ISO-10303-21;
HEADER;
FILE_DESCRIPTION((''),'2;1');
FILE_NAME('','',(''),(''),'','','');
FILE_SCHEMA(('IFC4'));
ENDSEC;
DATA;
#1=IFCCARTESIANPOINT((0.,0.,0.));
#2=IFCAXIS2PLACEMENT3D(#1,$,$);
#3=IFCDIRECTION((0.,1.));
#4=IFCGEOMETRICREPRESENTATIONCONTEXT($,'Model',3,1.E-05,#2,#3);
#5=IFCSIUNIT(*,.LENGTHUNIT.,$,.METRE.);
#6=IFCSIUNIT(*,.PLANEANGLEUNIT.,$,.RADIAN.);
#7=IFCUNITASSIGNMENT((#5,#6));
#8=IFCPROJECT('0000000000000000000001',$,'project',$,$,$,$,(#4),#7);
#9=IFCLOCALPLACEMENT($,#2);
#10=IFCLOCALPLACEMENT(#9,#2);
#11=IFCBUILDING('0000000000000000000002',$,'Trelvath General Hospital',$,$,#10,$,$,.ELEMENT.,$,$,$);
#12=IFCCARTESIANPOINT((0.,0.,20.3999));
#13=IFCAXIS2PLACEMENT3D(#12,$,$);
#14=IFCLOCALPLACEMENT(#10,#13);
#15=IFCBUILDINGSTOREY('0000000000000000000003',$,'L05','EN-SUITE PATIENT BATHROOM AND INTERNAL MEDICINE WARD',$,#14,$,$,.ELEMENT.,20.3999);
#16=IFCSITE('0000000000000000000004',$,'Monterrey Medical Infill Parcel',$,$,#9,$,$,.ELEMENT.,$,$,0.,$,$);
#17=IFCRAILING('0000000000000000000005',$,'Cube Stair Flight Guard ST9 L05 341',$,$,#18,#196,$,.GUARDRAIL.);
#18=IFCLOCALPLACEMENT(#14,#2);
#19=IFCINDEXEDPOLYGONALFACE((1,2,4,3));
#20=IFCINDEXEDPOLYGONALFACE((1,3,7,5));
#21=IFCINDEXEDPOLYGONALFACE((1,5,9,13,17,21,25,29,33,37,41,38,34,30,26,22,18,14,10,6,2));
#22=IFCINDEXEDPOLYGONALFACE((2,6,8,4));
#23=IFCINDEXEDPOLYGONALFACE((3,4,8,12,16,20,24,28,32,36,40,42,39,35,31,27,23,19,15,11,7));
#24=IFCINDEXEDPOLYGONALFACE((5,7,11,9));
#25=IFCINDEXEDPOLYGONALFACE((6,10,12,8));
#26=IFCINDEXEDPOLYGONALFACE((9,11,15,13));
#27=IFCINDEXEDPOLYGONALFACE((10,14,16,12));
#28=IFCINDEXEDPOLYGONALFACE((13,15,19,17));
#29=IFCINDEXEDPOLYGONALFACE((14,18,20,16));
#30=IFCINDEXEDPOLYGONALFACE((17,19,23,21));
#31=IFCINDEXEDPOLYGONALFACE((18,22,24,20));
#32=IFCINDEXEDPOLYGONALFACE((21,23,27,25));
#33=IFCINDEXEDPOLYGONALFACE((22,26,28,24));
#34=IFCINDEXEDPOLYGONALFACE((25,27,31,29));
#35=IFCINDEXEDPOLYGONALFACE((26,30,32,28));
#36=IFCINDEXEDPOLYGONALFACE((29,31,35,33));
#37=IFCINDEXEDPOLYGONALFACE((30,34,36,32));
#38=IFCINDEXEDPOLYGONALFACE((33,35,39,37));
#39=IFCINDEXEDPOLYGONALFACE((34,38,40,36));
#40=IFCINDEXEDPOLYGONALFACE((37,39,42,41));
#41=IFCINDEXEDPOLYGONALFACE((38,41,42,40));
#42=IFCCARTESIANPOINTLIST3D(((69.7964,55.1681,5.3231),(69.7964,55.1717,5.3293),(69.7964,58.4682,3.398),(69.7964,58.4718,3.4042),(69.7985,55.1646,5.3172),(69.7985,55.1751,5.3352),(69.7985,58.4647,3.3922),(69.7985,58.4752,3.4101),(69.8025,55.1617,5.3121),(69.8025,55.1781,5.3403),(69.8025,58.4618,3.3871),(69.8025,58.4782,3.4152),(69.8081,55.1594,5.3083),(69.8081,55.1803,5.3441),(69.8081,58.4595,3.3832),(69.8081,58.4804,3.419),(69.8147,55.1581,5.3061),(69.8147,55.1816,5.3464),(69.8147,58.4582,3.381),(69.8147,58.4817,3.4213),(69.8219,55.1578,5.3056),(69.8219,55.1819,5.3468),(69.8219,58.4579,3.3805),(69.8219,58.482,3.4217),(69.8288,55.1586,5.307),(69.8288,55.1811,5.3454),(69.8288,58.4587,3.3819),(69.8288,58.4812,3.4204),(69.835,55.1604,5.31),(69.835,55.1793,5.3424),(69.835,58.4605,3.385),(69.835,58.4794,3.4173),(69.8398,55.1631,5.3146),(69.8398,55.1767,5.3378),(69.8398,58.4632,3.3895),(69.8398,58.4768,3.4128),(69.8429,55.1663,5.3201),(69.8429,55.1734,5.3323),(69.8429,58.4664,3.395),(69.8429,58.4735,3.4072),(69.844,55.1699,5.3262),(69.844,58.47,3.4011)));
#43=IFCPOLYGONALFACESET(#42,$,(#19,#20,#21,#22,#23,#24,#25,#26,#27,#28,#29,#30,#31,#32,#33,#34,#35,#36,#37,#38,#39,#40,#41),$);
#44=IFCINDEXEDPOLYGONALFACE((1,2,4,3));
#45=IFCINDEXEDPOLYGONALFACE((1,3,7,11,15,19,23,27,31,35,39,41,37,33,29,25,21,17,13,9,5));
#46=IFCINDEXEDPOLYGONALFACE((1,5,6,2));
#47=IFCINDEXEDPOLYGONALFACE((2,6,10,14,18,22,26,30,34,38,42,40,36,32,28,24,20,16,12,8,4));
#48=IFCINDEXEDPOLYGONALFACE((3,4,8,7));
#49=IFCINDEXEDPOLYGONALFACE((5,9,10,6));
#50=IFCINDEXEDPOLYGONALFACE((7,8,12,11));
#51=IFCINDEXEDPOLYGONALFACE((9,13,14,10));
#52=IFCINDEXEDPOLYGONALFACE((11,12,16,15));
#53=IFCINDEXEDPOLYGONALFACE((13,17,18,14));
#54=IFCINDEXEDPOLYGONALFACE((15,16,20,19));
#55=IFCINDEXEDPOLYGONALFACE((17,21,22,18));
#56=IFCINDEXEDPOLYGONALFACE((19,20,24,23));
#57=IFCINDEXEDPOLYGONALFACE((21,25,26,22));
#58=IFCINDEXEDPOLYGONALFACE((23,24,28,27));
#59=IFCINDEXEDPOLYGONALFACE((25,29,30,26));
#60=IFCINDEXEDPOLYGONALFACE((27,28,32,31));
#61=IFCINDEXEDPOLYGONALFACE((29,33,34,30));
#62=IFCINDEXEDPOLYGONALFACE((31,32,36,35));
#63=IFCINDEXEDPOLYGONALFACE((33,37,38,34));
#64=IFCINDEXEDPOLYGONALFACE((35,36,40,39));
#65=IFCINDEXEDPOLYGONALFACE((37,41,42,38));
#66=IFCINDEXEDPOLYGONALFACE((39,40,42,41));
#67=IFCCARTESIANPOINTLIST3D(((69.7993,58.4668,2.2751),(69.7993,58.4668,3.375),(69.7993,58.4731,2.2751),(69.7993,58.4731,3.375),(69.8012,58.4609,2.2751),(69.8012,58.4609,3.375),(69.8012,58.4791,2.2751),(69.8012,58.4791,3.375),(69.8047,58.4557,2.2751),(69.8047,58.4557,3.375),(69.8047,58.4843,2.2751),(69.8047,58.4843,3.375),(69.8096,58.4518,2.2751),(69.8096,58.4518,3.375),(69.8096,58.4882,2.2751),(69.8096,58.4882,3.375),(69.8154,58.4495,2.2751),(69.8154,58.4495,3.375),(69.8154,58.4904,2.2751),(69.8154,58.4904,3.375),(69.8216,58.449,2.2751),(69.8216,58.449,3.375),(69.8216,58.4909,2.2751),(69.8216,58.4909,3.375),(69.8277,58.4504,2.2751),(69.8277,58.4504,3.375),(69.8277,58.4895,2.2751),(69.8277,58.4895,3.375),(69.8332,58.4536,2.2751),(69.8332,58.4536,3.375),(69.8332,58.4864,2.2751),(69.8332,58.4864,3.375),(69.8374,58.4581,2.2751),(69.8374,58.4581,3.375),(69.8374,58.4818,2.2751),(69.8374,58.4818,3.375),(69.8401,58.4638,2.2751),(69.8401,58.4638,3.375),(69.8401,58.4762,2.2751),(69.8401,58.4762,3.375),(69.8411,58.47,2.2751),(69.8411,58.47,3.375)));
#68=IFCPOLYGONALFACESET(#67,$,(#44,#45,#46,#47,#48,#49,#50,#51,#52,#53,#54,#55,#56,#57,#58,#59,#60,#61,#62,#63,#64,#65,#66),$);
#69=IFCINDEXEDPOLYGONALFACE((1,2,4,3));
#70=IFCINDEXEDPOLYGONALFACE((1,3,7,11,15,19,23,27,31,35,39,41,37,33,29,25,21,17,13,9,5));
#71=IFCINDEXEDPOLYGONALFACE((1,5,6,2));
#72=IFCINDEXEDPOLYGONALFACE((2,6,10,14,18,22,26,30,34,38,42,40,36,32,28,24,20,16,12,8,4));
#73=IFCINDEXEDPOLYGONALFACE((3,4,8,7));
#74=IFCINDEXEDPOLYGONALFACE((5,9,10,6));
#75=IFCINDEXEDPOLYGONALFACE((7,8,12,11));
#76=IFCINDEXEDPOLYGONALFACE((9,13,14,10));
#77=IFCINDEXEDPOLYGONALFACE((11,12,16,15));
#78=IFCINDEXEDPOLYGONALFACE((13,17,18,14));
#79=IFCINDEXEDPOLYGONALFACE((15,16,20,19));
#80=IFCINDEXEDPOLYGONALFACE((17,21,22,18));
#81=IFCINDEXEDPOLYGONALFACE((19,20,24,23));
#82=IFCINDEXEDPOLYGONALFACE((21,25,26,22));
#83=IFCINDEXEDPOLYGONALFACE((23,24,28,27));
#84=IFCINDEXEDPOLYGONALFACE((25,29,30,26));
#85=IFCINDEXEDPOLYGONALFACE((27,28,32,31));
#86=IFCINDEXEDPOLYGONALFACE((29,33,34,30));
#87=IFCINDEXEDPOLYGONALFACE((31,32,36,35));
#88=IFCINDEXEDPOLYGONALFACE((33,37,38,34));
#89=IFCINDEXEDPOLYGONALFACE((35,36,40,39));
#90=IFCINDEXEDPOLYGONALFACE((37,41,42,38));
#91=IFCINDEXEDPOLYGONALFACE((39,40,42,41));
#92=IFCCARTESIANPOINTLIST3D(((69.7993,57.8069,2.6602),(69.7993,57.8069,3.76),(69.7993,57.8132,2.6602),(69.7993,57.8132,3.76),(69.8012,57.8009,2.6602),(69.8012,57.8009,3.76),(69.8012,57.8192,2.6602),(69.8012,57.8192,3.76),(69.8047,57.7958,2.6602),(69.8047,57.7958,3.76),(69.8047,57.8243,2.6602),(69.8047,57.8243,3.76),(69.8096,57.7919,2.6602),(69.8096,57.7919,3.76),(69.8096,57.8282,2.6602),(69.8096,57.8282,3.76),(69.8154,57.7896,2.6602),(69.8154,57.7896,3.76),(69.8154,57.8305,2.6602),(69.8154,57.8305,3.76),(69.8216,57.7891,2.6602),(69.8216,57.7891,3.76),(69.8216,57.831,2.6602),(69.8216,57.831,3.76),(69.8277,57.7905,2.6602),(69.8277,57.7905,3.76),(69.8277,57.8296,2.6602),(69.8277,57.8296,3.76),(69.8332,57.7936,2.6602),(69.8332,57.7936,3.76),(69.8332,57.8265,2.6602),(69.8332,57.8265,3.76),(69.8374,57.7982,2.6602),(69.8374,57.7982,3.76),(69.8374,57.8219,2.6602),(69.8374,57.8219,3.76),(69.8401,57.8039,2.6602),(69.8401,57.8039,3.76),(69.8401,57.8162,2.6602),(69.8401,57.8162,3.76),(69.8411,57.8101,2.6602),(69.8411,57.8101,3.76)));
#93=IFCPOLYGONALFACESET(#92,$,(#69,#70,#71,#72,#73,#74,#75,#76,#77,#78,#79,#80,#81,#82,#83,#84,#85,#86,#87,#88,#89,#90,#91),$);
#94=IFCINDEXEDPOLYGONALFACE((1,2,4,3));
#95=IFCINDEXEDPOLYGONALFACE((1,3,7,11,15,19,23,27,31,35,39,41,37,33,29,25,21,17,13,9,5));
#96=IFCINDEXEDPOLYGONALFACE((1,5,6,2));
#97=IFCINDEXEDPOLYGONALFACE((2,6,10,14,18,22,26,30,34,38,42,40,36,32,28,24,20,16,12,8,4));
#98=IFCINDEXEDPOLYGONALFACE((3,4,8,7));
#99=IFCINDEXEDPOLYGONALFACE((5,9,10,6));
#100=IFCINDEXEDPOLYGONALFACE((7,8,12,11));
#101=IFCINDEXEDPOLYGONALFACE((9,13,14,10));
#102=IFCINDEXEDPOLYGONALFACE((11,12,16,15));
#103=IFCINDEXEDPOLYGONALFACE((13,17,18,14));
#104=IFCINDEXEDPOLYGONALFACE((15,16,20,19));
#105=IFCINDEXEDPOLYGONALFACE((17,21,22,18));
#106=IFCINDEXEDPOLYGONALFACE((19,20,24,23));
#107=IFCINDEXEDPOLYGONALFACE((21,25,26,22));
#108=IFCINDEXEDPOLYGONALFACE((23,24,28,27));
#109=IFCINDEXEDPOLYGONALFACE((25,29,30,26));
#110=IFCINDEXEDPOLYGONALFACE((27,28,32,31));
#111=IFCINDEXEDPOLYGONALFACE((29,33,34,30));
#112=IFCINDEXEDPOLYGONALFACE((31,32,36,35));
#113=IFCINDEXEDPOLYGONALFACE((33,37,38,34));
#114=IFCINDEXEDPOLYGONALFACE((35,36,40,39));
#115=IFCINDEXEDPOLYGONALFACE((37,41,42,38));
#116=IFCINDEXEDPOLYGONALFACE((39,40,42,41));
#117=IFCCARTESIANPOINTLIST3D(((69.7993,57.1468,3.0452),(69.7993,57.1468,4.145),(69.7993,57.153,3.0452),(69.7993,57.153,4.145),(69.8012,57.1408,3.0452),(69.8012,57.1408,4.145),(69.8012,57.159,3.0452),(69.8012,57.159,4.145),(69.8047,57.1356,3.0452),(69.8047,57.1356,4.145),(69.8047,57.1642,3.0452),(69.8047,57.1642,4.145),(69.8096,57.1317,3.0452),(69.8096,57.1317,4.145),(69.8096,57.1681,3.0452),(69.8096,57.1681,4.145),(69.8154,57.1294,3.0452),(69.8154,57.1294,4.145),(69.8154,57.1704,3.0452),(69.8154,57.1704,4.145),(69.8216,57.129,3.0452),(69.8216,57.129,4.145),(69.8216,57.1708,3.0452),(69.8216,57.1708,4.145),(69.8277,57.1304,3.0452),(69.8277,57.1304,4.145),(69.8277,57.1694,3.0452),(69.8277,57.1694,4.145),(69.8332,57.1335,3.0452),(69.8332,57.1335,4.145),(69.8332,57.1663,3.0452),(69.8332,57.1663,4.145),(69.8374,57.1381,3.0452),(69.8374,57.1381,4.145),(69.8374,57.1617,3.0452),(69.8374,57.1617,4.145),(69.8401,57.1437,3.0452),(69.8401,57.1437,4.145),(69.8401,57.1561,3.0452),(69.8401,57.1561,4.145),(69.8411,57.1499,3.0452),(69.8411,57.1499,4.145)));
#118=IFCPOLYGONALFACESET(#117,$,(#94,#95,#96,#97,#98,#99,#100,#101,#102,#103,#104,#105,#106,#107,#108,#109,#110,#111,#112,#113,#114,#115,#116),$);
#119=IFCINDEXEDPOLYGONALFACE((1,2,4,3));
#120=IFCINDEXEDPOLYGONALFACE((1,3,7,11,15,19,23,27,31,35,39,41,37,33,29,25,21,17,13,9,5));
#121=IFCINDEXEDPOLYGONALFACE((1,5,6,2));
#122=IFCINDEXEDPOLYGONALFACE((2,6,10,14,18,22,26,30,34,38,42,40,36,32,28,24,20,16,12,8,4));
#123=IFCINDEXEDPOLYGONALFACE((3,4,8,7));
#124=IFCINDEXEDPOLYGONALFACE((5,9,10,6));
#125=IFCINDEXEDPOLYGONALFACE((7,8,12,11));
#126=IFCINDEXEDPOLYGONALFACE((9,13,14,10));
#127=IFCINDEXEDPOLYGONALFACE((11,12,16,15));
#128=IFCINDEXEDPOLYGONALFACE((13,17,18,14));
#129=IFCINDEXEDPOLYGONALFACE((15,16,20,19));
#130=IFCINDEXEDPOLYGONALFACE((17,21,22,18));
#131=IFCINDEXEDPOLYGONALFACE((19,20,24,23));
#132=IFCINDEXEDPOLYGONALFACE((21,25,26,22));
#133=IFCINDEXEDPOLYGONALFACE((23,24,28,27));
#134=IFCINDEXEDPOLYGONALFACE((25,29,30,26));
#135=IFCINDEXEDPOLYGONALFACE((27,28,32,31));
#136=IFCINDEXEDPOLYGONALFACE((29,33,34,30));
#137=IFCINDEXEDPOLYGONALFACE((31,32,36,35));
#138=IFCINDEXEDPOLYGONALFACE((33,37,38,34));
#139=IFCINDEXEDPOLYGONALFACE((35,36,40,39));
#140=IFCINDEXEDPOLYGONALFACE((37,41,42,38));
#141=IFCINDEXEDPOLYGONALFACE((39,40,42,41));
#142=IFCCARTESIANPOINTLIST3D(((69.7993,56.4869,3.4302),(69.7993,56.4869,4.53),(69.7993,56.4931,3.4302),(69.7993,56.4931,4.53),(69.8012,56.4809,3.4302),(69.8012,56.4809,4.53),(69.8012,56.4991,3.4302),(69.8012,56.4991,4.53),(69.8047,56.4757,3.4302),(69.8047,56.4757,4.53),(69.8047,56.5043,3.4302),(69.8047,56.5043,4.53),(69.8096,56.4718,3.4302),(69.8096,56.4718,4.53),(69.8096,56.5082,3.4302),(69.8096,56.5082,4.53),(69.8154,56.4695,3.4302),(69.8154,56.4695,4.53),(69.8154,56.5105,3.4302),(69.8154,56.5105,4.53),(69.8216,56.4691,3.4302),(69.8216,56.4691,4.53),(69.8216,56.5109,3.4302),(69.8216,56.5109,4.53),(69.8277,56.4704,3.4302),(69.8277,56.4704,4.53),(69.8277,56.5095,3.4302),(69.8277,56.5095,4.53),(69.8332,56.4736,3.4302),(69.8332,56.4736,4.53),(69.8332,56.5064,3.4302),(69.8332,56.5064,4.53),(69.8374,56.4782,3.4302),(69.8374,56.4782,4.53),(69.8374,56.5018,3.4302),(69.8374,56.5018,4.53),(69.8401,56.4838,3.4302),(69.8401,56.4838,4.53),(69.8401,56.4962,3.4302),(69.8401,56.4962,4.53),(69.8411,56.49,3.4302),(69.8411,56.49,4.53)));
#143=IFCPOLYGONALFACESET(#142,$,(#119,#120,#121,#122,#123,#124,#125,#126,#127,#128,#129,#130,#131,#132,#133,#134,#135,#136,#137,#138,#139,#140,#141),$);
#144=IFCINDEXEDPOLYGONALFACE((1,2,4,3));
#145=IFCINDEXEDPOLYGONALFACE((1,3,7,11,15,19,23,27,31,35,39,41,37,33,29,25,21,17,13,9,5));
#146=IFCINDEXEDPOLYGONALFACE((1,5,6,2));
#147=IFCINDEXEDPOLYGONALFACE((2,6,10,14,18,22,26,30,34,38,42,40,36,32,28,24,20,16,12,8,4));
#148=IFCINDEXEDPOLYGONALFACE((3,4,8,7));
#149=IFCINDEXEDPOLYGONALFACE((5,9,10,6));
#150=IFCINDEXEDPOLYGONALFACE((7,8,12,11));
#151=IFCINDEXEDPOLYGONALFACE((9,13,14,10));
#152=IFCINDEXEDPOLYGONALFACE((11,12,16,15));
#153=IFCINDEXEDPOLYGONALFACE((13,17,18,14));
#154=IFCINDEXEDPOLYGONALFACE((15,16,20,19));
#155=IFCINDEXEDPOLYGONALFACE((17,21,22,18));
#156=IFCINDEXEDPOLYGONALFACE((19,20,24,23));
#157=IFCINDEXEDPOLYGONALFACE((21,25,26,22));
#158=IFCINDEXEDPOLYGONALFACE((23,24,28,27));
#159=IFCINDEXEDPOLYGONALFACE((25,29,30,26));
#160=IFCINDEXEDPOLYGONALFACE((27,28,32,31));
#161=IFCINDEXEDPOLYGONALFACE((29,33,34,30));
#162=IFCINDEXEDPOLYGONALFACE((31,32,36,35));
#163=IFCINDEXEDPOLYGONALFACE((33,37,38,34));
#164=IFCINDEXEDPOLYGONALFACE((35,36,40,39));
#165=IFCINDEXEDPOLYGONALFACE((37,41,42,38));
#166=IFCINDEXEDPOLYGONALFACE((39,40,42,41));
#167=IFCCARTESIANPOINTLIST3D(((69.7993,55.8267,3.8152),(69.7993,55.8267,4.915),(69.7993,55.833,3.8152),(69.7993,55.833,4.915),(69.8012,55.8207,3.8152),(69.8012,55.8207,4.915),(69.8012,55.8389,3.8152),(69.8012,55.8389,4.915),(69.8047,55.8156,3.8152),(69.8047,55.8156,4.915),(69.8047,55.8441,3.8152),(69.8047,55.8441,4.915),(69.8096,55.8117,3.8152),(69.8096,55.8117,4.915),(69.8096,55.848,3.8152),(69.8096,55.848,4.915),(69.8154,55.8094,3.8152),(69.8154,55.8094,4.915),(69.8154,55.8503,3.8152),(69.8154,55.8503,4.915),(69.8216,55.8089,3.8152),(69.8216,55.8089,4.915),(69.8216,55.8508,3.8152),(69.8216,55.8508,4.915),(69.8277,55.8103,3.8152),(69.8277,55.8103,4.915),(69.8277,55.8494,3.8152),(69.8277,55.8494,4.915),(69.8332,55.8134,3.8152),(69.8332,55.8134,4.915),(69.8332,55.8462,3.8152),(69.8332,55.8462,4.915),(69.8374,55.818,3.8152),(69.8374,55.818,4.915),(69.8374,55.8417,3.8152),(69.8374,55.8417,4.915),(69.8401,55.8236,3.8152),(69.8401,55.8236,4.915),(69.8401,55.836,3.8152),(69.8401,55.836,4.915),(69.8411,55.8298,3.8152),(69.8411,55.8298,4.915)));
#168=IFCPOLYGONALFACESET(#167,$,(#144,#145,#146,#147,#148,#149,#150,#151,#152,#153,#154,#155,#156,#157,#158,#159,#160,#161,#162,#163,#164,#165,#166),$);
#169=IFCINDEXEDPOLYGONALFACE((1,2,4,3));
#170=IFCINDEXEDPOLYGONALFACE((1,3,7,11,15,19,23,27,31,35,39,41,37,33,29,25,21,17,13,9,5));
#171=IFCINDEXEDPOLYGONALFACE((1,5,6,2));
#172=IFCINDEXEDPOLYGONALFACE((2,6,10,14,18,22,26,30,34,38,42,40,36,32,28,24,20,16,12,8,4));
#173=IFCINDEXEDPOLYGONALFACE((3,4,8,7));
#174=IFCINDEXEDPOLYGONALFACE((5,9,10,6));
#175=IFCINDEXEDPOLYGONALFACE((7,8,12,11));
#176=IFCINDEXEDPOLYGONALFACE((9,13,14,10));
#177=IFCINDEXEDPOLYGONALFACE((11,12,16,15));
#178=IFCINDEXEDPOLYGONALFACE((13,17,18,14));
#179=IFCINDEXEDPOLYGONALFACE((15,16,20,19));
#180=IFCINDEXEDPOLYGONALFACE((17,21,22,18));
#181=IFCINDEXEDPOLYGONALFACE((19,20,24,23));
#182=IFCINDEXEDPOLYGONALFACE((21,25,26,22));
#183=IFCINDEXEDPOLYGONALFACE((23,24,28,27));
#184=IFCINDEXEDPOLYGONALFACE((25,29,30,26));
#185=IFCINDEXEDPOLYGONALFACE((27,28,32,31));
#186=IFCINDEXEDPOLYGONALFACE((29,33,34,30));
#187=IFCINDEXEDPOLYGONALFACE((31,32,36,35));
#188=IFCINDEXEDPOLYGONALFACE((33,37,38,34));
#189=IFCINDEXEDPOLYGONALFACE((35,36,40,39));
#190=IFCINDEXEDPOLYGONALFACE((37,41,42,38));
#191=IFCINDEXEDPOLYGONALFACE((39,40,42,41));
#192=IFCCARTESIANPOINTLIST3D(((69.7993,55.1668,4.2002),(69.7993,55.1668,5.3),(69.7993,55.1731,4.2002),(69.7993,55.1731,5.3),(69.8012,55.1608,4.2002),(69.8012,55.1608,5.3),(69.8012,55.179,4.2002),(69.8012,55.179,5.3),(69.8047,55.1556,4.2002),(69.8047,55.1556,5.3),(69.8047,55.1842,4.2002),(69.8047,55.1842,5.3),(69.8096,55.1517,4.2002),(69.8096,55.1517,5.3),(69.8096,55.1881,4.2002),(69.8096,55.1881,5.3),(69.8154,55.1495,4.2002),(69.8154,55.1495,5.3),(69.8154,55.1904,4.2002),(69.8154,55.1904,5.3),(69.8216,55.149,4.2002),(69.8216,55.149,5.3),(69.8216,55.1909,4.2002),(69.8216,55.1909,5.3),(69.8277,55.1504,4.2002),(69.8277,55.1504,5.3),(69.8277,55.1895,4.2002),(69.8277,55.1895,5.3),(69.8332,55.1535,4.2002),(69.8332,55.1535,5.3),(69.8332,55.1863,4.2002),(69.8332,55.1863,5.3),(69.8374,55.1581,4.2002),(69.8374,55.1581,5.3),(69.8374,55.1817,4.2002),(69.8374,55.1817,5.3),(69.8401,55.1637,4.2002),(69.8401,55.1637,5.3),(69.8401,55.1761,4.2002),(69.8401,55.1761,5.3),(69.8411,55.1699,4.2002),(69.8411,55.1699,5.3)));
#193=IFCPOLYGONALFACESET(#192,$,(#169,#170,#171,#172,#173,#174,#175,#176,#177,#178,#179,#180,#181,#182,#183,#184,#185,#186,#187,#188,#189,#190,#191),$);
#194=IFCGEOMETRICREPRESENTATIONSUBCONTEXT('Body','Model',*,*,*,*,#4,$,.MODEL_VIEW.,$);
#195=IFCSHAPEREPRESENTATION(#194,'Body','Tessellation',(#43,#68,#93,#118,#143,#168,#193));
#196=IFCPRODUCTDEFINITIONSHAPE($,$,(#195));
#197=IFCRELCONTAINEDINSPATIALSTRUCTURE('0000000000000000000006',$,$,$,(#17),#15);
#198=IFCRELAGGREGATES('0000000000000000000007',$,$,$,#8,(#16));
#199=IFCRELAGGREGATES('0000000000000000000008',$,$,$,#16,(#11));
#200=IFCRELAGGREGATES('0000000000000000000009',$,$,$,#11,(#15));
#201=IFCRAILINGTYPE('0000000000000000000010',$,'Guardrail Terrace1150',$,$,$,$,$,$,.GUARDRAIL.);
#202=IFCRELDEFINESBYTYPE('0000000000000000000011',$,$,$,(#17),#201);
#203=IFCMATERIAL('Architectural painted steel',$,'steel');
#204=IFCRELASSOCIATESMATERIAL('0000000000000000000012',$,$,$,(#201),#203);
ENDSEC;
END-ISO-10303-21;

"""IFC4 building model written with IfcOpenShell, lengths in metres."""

from ifc_helpers import new_model, si_unit, direction, frame, origin, origin_2d, place, context, subcontext, project, spatial, circle, extrude, material, type_object, element, save


model = new_model("IFC4")

# Units and contexts
model_context = context("Model", 3, precision=1e-05, world=origin(), true_north=direction((0.0, 1.0)))
body_context = subcontext(model_context, "Body", "Model", "MODEL_VIEW")
ifc_project = project(units=[si_unit("LENGTHUNIT", "METRE"), si_unit("PLANEANGLEUNIT", "RADIAN")], contexts=[model_context])

# Site, building, storey
site_placement = place(None, origin())
site = spatial("IfcSite", under=ifc_project, at=site_placement, Name="Monterrey Medical Infill Parcel", CompositionType="ELEMENT", RefElevation=0.0)
building_placement = place(site_placement, origin())
building = spatial("IfcBuilding", under=site, at=building_placement, Name="Trelvath General Hospital", CompositionType="ELEMENT")
storey_placement = place(building_placement, frame((0.0, 0.0, 20.3999)))
storey = spatial("IfcBuildingStorey", under=building, at=storey_placement, Name="L05", Description="EN-SUITE PATIENT BATHROOM AND INTERNAL MEDICINE WARD", CompositionType="ELEMENT", Elevation=20.3999)

# Railing
ifc_material_1 = material(Name="Architectural painted steel", Category="steel")
railing_type_1 = type_object("IfcRailingType", Name="Guardrail Terrace1150", PredefinedType="GUARDRAIL", material=ifc_material_1)
for number, where, name in (
    (1, (69.8201, 58.47, 2.2751), "Cube Stair Flight Guard ST9 L05 341"),
):
    element("IfcRailing", number, at=place(storey_placement, frame(where)), inside=storey, type_object=railing_type_1, Name=name, PredefinedType="GUARDRAIL", context=body_context, shape_type="SweptSolid", body=[
        extrude(circle(Radius=0.0239, at=origin_2d()), frame((0.0, 0.0, 1.126), z_axis=(0.0, -0.863777, 0.503875), x_axis=(1.0, 0.0, 0.0)), (0.0, 0.0, 1.0), 3.8206),
        extrude(circle(Radius=0.021, at=origin_2d()), origin(), (0.0, 0.0, 1.0), 1.0999),
        extrude(circle(Radius=0.021, at=origin_2d()), frame((0.0, -0.6599, 0.385)), (0.0, 0.0, 1.0), 1.0999),
        extrude(circle(Radius=0.021, at=origin_2d()), frame((0.0, -1.3201, 0.77)), (0.0, 0.0, 1.0), 1.0999),
        extrude(circle(Radius=0.021, at=origin_2d()), frame((0.0, -1.98, 1.155)), (0.0, 0.0, 1.0), 1.0999),
        extrude(circle(Radius=0.021, at=origin_2d()), frame((0.0, -2.6401, 1.54)), (0.0, 0.0, 1.0), 1.0999),
        extrude(circle(Radius=0.021, at=origin_2d()), frame((0.0, -3.3, 1.925)), (0.0, 0.0, 1.0), 1.0999),
    ])

save(model, "model.ifc")
